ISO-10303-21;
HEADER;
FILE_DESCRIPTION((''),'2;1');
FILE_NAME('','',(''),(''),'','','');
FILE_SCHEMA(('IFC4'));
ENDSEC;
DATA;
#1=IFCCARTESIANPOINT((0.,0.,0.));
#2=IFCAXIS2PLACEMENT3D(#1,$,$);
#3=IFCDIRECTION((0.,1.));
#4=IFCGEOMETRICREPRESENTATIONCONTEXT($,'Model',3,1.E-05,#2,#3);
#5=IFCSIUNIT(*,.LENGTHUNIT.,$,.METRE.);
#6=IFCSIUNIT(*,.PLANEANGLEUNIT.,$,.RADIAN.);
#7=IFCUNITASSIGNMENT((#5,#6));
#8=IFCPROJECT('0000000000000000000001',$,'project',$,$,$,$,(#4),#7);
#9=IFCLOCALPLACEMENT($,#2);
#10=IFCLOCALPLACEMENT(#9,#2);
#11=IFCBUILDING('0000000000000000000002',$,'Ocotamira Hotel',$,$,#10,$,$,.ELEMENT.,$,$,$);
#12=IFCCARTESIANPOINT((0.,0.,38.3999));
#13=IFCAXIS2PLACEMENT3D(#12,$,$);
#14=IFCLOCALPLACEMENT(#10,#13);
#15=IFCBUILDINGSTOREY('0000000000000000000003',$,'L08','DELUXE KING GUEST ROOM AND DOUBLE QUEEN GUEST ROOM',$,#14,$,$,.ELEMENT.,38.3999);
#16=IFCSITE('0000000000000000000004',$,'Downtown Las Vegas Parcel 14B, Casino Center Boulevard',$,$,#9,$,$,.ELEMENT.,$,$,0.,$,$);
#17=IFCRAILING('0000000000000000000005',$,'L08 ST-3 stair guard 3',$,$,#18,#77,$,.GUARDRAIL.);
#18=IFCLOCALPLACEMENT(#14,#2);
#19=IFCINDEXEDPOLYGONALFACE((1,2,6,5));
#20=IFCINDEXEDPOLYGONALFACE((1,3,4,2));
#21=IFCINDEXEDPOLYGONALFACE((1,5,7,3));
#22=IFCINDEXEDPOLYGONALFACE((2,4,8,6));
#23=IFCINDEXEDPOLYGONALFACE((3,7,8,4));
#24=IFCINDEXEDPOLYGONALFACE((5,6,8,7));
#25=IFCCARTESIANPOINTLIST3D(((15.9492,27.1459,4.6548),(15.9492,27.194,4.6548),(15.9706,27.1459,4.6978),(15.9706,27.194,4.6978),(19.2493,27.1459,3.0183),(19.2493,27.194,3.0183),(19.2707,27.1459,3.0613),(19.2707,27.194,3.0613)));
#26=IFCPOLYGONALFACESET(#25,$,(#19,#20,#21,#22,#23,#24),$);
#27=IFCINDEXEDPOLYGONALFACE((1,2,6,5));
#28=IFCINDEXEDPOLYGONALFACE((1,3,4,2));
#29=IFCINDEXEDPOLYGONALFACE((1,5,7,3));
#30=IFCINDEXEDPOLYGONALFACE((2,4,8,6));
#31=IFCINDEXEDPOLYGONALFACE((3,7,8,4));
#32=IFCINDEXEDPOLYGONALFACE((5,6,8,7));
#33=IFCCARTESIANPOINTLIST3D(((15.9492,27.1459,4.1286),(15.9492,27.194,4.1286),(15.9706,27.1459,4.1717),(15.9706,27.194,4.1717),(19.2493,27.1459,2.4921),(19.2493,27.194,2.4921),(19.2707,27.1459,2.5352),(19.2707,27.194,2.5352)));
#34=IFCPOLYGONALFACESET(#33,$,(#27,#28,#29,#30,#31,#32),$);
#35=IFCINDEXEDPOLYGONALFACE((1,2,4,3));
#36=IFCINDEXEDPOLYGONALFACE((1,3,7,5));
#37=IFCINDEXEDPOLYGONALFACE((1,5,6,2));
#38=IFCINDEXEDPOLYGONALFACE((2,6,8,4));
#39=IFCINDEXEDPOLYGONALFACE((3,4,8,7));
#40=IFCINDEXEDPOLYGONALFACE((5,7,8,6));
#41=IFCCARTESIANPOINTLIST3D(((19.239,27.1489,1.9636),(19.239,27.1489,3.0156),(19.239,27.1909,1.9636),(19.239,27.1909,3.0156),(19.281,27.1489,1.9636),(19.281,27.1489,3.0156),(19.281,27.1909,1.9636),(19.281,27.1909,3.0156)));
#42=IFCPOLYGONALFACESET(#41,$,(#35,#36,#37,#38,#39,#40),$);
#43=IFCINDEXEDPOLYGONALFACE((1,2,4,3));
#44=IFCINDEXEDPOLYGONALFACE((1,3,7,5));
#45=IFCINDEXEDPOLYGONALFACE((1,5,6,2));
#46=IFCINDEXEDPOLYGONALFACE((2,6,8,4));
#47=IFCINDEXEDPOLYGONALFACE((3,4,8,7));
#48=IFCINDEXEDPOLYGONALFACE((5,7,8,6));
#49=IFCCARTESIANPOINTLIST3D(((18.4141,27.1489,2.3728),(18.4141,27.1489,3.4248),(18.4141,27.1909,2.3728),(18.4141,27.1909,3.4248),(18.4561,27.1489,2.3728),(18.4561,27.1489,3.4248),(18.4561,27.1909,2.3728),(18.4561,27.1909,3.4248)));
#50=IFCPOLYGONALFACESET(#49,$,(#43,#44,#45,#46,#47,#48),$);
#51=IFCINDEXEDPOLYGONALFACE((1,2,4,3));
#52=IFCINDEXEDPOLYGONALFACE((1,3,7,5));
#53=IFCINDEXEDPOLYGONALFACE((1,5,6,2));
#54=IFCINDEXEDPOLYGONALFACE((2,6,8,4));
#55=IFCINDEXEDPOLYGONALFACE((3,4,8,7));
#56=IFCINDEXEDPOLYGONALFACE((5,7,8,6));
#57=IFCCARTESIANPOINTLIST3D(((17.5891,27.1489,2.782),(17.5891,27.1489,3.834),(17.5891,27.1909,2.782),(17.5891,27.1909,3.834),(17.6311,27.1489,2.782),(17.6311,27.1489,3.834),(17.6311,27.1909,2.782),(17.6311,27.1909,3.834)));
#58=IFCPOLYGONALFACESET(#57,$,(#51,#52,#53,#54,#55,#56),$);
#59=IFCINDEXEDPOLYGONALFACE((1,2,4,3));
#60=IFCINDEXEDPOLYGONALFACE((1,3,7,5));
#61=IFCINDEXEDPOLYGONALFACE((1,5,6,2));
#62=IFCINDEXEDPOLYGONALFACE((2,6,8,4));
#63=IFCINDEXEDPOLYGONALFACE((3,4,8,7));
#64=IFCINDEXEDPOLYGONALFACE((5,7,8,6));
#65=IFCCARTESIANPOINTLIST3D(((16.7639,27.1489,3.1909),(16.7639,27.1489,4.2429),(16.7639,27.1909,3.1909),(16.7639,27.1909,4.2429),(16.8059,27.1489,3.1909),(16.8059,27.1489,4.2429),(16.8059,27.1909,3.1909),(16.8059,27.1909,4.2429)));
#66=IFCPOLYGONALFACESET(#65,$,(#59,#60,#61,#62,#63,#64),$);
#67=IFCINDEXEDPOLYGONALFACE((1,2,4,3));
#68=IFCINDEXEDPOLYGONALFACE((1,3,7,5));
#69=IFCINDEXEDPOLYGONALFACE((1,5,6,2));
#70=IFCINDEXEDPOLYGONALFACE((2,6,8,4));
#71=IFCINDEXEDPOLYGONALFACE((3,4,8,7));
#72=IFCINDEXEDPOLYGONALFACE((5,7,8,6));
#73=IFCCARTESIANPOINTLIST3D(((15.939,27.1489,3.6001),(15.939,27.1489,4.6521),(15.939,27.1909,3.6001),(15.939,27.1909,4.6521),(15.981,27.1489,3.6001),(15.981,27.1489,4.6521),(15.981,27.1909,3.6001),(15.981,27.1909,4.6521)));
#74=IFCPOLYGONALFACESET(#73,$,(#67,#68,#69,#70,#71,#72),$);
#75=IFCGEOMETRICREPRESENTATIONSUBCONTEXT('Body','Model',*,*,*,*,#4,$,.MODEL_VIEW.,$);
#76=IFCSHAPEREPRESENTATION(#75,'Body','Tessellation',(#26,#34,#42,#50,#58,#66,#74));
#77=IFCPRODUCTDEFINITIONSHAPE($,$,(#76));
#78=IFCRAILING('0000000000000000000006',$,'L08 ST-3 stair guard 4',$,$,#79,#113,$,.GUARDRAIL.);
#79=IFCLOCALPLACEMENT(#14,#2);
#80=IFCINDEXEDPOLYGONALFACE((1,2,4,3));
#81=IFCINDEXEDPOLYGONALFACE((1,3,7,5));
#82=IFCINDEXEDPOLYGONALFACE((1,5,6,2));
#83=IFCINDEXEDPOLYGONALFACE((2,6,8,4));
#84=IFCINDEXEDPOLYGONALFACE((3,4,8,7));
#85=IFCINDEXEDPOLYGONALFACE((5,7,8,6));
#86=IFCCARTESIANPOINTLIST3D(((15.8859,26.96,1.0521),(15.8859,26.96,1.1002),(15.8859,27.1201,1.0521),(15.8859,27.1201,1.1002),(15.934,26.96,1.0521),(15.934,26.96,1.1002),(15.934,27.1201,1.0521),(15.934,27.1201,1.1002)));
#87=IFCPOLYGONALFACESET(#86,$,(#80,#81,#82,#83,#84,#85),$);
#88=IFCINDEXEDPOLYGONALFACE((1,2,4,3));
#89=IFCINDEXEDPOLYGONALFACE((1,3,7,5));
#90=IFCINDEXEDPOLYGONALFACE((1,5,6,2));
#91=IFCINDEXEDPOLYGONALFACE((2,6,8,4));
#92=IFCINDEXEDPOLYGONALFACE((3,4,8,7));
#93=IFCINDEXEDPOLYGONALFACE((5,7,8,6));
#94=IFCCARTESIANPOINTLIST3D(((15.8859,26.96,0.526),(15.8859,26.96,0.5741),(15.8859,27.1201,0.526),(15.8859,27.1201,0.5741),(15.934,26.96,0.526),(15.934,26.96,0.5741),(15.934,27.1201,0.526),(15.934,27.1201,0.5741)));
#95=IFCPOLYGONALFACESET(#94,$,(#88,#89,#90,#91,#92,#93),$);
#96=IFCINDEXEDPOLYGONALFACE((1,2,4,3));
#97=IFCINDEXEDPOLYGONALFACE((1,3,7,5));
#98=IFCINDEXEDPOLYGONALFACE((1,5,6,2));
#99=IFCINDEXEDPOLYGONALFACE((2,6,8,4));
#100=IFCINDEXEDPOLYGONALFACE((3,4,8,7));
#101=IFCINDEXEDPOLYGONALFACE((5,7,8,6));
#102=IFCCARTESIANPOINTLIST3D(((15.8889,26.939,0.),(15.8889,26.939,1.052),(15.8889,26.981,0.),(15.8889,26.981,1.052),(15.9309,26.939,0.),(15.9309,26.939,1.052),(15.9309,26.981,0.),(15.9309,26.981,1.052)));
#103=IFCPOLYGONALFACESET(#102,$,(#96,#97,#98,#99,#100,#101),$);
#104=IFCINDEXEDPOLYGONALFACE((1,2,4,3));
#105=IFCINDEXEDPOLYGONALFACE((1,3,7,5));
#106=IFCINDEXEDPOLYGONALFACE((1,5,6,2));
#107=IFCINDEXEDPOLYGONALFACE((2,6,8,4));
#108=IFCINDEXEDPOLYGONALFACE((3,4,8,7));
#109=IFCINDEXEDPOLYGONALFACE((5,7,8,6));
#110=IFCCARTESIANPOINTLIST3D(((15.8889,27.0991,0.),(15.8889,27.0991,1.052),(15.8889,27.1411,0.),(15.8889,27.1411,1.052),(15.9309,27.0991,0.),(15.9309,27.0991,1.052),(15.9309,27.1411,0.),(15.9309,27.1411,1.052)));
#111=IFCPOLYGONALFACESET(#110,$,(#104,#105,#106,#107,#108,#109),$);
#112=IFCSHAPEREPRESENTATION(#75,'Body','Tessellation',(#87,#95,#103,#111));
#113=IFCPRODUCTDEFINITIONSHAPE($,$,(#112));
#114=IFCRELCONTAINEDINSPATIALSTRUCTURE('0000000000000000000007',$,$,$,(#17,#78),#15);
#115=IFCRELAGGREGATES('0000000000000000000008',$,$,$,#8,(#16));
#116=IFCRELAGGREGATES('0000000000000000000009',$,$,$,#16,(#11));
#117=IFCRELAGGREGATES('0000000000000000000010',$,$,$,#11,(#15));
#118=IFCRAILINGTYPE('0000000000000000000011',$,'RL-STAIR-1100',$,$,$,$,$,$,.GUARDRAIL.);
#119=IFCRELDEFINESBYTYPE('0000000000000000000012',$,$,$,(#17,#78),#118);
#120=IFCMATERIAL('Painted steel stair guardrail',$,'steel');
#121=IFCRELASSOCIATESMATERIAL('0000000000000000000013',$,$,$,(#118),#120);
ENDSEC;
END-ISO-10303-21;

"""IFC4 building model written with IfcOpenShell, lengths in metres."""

from ifc_helpers import new_model, si_unit, direction, frame, origin, origin_2d, place, context, subcontext, project, spatial, rectangle, extrude, material, type_object, element, save


model = new_model("IFC4")

# Units and contexts
model_context = context("Model", 3, precision=1e-05, world=origin(), true_north=direction((0.0, 1.0)))
body_context = subcontext(model_context, "Body", "Model", "MODEL_VIEW")
ifc_project = project(units=[si_unit("LENGTHUNIT", "METRE"), si_unit("PLANEANGLEUNIT", "RADIAN")], contexts=[model_context])

# Site, building, storey
site_placement = place(None, origin())
site = spatial("IfcSite", under=ifc_project, at=site_placement, Name="Downtown Las Vegas Parcel 14B, Casino Center Boulevard", CompositionType="ELEMENT", RefElevation=0.0)
building_placement = place(site_placement, origin())
building = spatial("IfcBuilding", under=site, at=building_placement, Name="Ocotamira Hotel", CompositionType="ELEMENT")
storey_placement = place(building_placement, frame((0.0, 0.0, 38.3999)))
storey = spatial("IfcBuildingStorey", under=building, at=storey_placement, Name="L08", Description="DELUXE KING GUEST ROOM AND DOUBLE QUEEN GUEST ROOM", CompositionType="ELEMENT", Elevation=38.3999)

# Railings
ifc_material_1 = material(Name="Painted steel stair guardrail", Category="steel")
railing_type_1 = type_object("IfcRailingType", Name="RL-STAIR-1100", PredefinedType="GUARDRAIL", material=ifc_material_1)
railing_1_placement = place(storey_placement, frame((19.26, 27.1699, 1.9636)))
element("IfcRailing", 1, at=railing_1_placement, inside=storey, type_object=railing_type_1, Name="L08 ST-3 stair guard 3", PredefinedType="GUARDRAIL", context=body_context, shape_type="SweptSolid", body=[
    extrude(rectangle(XDim=0.0481, YDim=0.0481, at=origin_2d()), frame((0.0, 0.0, 1.0762), z_axis=(-0.895894, 0.0, 0.444268), x_axis=(0.0, -1.0, 0.0)), (0.0, 0.0, 1.0), 3.6836),
    extrude(rectangle(XDim=0.0481, YDim=0.0481, at=origin_2d()), frame((0.0, 0.0, 0.55), z_axis=(-0.895894, 0.0, 0.444268), x_axis=(0.0, -1.0, 0.0)), (0.0, 0.0, 1.0), 3.6836),
    extrude(rectangle(XDim=0.042, YDim=0.042, at=origin_2d()), origin(), (0.0, 0.0, 1.0), 1.052),
    extrude(rectangle(XDim=0.042, YDim=0.042, at=origin_2d()), frame((-0.825, 0.0, 0.4092)), (0.0, 0.0, 1.0), 1.052),
    extrude(rectangle(XDim=0.042, YDim=0.042, at=origin_2d()), frame((-1.6499, 0.0, 0.8184)), (0.0, 0.0, 1.0), 1.052),
    extrude(rectangle(XDim=0.042, YDim=0.042, at=origin_2d()), frame((-2.4751, 0.0, 1.2273)), (0.0, 0.0, 1.0), 1.052),
    extrude(rectangle(XDim=0.042, YDim=0.042, at=origin_2d()), frame((-3.3, 0.0, 1.6365)), (0.0, 0.0, 1.0), 1.052),
])
railing_2_placement = place(storey_placement, frame((15.9099, 26.96, 0.0)))
element("IfcRailing", 2, at=railing_2_placement, inside=storey, type_object=railing_type_1, Name="L08 ST-3 stair guard 4", PredefinedType="GUARDRAIL", context=body_context, shape_type="SweptSolid", body=[
    extrude(rectangle(XDim=0.0481, YDim=0.0481, at=origin_2d()), frame((0.0, 0.0, 1.0762), z_axis=(0.0, 1.0, 0.0), x_axis=(-1.0, 0.0, 0.0)), (0.0, 0.0, 1.0), 0.1602),
    extrude(rectangle(XDim=0.0481, YDim=0.0481, at=origin_2d()), frame((0.0, 0.0, 0.55), z_axis=(0.0, 1.0, 0.0), x_axis=(-1.0, 0.0, 0.0)), (0.0, 0.0, 1.0), 0.1602),
    extrude(rectangle(XDim=0.042, YDim=0.042, at=origin_2d()), origin(), (0.0, 0.0, 1.0), 1.052),
    extrude(rectangle(XDim=0.042, YDim=0.042, at=origin_2d()), frame((0.0, 0.1602, 0.0)), (0.0, 0.0, 1.0), 1.052),
])

save(model, "model.ifc")
